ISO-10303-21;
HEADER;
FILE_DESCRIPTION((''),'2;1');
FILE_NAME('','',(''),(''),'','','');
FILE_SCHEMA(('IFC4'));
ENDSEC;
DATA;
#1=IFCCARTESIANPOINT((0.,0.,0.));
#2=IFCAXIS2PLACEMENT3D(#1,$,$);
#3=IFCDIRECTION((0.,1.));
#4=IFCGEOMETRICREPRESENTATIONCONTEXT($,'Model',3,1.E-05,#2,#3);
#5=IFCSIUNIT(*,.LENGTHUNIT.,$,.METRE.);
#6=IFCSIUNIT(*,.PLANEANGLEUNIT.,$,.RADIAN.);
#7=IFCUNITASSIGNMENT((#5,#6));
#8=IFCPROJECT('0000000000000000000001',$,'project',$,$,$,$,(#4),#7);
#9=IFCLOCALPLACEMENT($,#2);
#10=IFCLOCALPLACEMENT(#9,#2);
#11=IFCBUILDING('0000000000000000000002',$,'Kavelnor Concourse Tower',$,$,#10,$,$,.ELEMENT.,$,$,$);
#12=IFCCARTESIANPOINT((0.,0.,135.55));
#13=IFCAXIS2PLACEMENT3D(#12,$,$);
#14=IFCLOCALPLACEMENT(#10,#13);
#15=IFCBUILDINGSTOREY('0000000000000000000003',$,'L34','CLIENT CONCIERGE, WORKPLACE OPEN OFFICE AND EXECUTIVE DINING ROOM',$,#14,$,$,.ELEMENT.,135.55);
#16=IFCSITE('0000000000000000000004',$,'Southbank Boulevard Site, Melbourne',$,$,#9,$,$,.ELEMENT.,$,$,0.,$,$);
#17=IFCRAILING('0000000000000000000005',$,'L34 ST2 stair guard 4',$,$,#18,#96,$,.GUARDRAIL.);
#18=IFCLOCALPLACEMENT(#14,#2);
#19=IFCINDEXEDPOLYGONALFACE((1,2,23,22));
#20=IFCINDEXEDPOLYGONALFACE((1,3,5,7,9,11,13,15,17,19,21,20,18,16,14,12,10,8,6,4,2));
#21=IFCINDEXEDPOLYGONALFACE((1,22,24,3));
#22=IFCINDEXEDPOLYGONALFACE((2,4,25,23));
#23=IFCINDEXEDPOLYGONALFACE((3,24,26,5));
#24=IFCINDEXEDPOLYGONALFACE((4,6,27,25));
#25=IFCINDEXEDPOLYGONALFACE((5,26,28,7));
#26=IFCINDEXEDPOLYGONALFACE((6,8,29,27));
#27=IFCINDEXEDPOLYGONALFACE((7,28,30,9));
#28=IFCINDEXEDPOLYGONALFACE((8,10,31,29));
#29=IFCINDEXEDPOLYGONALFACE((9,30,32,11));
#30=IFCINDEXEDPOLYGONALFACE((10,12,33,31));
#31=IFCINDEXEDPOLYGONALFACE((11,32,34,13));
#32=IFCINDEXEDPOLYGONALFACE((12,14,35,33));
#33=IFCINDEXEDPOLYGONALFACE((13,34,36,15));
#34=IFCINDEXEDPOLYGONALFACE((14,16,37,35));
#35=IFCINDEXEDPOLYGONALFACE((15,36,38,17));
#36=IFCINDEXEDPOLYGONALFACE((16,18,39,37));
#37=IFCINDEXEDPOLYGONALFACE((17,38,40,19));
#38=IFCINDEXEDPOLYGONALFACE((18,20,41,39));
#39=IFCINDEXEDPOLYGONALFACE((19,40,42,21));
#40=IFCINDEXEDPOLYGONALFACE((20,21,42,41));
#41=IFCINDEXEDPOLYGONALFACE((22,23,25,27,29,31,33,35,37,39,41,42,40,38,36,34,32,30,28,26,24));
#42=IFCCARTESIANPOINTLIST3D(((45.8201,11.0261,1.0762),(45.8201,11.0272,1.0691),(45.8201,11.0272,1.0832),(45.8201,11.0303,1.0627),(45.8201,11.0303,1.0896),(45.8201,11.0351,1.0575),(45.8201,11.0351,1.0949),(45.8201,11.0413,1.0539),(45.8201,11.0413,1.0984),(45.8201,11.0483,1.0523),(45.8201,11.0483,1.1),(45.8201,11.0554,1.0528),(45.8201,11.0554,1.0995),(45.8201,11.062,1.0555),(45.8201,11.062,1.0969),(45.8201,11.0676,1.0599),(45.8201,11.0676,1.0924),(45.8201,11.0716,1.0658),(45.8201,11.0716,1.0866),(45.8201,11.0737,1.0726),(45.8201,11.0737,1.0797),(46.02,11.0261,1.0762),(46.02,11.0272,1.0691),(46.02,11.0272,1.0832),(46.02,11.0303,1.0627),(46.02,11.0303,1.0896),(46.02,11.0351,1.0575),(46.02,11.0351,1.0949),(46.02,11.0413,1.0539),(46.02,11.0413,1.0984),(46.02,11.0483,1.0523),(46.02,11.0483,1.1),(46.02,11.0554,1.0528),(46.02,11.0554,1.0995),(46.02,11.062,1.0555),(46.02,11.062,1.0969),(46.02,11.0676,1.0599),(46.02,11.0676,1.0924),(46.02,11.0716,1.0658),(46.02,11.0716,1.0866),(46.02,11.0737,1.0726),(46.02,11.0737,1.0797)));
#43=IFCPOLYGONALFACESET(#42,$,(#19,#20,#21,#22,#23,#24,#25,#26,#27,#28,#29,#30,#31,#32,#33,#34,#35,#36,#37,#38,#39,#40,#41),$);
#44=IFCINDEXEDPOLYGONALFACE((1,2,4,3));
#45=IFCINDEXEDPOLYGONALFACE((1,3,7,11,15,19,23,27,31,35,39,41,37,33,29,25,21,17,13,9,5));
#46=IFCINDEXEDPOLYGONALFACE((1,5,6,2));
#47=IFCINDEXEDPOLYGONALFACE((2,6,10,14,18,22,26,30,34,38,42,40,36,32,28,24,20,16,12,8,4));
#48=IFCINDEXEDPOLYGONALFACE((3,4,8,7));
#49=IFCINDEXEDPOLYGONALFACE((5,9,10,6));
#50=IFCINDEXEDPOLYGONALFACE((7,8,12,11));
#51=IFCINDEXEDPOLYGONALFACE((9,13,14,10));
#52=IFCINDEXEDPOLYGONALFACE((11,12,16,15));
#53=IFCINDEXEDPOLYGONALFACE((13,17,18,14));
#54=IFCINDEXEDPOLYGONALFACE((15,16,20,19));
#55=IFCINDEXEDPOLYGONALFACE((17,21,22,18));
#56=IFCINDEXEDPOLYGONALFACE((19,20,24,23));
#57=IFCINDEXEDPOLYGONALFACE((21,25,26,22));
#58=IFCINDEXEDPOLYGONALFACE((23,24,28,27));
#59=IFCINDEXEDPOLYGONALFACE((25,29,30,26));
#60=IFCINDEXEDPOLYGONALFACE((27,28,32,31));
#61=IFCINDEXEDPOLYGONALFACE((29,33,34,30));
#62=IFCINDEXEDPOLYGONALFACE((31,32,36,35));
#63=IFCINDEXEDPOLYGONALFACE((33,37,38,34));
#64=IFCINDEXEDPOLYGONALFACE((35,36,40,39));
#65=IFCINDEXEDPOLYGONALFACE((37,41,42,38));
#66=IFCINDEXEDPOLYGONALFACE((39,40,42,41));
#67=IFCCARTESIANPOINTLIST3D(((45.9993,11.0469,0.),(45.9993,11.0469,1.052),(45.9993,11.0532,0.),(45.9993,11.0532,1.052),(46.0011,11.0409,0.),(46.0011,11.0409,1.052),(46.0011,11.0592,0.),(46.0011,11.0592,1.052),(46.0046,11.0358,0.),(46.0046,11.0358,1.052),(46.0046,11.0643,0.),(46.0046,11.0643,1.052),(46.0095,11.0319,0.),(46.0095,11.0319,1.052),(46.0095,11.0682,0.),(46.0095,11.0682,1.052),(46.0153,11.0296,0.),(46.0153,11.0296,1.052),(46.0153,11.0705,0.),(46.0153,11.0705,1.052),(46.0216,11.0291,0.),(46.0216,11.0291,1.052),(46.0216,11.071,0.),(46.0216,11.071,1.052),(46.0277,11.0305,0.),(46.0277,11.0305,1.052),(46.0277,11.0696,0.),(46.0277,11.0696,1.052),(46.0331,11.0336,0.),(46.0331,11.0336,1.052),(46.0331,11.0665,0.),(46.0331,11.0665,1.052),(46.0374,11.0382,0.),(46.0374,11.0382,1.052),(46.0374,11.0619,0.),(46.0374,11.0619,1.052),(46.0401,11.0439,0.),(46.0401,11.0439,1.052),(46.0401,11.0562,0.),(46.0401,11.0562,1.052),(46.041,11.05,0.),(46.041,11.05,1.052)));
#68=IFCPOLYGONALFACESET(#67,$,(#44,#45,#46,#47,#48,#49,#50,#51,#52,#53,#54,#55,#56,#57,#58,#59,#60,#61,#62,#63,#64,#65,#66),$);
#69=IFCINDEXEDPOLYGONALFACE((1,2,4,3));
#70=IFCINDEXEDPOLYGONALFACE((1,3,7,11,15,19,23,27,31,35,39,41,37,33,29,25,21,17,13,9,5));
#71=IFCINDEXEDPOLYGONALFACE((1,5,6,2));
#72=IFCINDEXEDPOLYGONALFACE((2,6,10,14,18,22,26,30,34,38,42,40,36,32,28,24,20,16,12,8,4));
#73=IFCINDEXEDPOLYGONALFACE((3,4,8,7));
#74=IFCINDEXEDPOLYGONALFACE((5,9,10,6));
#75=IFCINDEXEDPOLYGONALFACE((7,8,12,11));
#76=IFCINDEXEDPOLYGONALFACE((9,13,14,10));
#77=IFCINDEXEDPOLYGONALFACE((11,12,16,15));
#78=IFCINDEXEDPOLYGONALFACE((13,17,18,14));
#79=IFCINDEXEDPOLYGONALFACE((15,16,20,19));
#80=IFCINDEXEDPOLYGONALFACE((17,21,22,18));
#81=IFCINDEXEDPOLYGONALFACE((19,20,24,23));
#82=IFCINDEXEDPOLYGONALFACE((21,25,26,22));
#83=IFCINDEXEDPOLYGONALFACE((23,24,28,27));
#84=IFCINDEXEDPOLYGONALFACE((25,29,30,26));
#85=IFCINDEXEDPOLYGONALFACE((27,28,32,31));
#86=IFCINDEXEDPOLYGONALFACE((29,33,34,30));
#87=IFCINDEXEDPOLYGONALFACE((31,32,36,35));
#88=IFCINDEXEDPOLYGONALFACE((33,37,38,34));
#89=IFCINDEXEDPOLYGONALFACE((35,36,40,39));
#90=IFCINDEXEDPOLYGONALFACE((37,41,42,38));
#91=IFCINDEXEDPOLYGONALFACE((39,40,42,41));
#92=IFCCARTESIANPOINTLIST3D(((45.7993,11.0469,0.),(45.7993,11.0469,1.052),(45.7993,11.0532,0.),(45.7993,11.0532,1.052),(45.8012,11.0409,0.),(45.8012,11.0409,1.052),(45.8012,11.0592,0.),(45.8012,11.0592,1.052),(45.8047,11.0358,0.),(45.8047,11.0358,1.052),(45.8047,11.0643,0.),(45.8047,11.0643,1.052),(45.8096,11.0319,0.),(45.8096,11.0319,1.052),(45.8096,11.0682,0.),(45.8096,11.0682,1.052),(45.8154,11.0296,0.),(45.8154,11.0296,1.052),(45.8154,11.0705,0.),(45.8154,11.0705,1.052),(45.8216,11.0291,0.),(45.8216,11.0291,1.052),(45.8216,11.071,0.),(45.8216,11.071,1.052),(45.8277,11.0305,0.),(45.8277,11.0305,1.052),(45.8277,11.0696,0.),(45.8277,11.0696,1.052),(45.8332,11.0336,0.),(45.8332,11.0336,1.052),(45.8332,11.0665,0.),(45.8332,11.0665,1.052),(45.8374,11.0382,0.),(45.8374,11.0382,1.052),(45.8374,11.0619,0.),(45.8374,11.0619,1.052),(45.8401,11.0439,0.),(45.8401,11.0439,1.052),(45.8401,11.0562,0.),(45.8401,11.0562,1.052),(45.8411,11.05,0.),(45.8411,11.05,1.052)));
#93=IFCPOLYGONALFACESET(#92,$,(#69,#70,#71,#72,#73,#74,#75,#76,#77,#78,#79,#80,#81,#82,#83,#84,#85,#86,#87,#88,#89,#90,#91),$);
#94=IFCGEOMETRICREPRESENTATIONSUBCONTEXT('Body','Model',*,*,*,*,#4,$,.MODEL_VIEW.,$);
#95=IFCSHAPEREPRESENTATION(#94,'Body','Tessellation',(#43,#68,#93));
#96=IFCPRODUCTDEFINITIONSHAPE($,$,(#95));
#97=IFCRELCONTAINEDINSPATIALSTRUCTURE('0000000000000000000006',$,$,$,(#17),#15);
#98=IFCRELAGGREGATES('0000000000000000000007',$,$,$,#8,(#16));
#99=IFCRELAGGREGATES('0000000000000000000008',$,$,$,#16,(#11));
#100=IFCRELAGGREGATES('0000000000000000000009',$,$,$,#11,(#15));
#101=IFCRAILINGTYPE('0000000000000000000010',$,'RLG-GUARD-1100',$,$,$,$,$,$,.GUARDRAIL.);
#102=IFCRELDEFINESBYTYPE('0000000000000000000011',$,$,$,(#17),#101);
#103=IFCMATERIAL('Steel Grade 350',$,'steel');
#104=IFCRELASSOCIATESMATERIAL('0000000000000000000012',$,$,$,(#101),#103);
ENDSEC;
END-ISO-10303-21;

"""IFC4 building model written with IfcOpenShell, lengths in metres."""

from ifc_helpers import new_model, si_unit, direction, frame, origin, origin_2d, place, context, subcontext, project, spatial, circle, extrude, material, type_object, element, save


model = new_model("IFC4")

# Units and contexts
model_context = context("Model", 3, precision=1e-05, world=origin(), true_north=direction((0.0, 1.0)))
body_context = subcontext(model_context, "Body", "Model", "MODEL_VIEW")
ifc_project = project(units=[si_unit("LENGTHUNIT", "METRE"), si_unit("PLANEANGLEUNIT", "RADIAN")], contexts=[model_context])

# Site, building, storey
site_placement = place(None, origin())
site = spatial("IfcSite", under=ifc_project, at=site_placement, Name="Southbank Boulevard Site, Melbourne", CompositionType="ELEMENT", RefElevation=0.0)
building_placement = place(site_placement, origin())
building = spatial("IfcBuilding", under=site, at=building_placement, Name="Kavelnor Concourse Tower", CompositionType="ELEMENT")
storey_placement = place(building_placement, frame((0.0, 0.0, 135.55)))
storey = spatial("IfcBuildingStorey", under=building, at=storey_placement, Name="L34", Description="CLIENT CONCIERGE, WORKPLACE OPEN OFFICE AND EXECUTIVE DINING ROOM", CompositionType="ELEMENT", Elevation=135.55)

# Shared definitions
ifc_material_1 = material(Name="Steel Grade 350", Category="steel")

# Railing
railing_type_1 = type_object("IfcRailingType", Name="RLG-GUARD-1100", PredefinedType="GUARDRAIL", material=ifc_material_1)
railing_1_placement = place(storey_placement, frame((46.02, 11.05, 0.0)))
element("IfcRailing", 1, at=railing_1_placement, inside=storey, type_object=railing_type_1, Name="L34 ST2 stair guard 4", PredefinedType="GUARDRAIL", context=body_context, shape_type="SweptSolid", body=[
    extrude(circle(Radius=0.0239, at=origin_2d()), frame((0.0, 0.0, 1.0762), z_axis=(-1.0, 0.0, 0.0), x_axis=(0.0, -1.0, 0.0)), (0.0, 0.0, 1.0), 0.2),
    extrude(circle(Radius=0.021, at=origin_2d()), origin(), (0.0, 0.0, 1.0), 1.052),
    extrude(circle(Radius=0.021, at=origin_2d()), frame((-0.2, 0.0, 0.0)), (0.0, 0.0, 1.0), 1.052),
])

save(model, "model.ifc")
